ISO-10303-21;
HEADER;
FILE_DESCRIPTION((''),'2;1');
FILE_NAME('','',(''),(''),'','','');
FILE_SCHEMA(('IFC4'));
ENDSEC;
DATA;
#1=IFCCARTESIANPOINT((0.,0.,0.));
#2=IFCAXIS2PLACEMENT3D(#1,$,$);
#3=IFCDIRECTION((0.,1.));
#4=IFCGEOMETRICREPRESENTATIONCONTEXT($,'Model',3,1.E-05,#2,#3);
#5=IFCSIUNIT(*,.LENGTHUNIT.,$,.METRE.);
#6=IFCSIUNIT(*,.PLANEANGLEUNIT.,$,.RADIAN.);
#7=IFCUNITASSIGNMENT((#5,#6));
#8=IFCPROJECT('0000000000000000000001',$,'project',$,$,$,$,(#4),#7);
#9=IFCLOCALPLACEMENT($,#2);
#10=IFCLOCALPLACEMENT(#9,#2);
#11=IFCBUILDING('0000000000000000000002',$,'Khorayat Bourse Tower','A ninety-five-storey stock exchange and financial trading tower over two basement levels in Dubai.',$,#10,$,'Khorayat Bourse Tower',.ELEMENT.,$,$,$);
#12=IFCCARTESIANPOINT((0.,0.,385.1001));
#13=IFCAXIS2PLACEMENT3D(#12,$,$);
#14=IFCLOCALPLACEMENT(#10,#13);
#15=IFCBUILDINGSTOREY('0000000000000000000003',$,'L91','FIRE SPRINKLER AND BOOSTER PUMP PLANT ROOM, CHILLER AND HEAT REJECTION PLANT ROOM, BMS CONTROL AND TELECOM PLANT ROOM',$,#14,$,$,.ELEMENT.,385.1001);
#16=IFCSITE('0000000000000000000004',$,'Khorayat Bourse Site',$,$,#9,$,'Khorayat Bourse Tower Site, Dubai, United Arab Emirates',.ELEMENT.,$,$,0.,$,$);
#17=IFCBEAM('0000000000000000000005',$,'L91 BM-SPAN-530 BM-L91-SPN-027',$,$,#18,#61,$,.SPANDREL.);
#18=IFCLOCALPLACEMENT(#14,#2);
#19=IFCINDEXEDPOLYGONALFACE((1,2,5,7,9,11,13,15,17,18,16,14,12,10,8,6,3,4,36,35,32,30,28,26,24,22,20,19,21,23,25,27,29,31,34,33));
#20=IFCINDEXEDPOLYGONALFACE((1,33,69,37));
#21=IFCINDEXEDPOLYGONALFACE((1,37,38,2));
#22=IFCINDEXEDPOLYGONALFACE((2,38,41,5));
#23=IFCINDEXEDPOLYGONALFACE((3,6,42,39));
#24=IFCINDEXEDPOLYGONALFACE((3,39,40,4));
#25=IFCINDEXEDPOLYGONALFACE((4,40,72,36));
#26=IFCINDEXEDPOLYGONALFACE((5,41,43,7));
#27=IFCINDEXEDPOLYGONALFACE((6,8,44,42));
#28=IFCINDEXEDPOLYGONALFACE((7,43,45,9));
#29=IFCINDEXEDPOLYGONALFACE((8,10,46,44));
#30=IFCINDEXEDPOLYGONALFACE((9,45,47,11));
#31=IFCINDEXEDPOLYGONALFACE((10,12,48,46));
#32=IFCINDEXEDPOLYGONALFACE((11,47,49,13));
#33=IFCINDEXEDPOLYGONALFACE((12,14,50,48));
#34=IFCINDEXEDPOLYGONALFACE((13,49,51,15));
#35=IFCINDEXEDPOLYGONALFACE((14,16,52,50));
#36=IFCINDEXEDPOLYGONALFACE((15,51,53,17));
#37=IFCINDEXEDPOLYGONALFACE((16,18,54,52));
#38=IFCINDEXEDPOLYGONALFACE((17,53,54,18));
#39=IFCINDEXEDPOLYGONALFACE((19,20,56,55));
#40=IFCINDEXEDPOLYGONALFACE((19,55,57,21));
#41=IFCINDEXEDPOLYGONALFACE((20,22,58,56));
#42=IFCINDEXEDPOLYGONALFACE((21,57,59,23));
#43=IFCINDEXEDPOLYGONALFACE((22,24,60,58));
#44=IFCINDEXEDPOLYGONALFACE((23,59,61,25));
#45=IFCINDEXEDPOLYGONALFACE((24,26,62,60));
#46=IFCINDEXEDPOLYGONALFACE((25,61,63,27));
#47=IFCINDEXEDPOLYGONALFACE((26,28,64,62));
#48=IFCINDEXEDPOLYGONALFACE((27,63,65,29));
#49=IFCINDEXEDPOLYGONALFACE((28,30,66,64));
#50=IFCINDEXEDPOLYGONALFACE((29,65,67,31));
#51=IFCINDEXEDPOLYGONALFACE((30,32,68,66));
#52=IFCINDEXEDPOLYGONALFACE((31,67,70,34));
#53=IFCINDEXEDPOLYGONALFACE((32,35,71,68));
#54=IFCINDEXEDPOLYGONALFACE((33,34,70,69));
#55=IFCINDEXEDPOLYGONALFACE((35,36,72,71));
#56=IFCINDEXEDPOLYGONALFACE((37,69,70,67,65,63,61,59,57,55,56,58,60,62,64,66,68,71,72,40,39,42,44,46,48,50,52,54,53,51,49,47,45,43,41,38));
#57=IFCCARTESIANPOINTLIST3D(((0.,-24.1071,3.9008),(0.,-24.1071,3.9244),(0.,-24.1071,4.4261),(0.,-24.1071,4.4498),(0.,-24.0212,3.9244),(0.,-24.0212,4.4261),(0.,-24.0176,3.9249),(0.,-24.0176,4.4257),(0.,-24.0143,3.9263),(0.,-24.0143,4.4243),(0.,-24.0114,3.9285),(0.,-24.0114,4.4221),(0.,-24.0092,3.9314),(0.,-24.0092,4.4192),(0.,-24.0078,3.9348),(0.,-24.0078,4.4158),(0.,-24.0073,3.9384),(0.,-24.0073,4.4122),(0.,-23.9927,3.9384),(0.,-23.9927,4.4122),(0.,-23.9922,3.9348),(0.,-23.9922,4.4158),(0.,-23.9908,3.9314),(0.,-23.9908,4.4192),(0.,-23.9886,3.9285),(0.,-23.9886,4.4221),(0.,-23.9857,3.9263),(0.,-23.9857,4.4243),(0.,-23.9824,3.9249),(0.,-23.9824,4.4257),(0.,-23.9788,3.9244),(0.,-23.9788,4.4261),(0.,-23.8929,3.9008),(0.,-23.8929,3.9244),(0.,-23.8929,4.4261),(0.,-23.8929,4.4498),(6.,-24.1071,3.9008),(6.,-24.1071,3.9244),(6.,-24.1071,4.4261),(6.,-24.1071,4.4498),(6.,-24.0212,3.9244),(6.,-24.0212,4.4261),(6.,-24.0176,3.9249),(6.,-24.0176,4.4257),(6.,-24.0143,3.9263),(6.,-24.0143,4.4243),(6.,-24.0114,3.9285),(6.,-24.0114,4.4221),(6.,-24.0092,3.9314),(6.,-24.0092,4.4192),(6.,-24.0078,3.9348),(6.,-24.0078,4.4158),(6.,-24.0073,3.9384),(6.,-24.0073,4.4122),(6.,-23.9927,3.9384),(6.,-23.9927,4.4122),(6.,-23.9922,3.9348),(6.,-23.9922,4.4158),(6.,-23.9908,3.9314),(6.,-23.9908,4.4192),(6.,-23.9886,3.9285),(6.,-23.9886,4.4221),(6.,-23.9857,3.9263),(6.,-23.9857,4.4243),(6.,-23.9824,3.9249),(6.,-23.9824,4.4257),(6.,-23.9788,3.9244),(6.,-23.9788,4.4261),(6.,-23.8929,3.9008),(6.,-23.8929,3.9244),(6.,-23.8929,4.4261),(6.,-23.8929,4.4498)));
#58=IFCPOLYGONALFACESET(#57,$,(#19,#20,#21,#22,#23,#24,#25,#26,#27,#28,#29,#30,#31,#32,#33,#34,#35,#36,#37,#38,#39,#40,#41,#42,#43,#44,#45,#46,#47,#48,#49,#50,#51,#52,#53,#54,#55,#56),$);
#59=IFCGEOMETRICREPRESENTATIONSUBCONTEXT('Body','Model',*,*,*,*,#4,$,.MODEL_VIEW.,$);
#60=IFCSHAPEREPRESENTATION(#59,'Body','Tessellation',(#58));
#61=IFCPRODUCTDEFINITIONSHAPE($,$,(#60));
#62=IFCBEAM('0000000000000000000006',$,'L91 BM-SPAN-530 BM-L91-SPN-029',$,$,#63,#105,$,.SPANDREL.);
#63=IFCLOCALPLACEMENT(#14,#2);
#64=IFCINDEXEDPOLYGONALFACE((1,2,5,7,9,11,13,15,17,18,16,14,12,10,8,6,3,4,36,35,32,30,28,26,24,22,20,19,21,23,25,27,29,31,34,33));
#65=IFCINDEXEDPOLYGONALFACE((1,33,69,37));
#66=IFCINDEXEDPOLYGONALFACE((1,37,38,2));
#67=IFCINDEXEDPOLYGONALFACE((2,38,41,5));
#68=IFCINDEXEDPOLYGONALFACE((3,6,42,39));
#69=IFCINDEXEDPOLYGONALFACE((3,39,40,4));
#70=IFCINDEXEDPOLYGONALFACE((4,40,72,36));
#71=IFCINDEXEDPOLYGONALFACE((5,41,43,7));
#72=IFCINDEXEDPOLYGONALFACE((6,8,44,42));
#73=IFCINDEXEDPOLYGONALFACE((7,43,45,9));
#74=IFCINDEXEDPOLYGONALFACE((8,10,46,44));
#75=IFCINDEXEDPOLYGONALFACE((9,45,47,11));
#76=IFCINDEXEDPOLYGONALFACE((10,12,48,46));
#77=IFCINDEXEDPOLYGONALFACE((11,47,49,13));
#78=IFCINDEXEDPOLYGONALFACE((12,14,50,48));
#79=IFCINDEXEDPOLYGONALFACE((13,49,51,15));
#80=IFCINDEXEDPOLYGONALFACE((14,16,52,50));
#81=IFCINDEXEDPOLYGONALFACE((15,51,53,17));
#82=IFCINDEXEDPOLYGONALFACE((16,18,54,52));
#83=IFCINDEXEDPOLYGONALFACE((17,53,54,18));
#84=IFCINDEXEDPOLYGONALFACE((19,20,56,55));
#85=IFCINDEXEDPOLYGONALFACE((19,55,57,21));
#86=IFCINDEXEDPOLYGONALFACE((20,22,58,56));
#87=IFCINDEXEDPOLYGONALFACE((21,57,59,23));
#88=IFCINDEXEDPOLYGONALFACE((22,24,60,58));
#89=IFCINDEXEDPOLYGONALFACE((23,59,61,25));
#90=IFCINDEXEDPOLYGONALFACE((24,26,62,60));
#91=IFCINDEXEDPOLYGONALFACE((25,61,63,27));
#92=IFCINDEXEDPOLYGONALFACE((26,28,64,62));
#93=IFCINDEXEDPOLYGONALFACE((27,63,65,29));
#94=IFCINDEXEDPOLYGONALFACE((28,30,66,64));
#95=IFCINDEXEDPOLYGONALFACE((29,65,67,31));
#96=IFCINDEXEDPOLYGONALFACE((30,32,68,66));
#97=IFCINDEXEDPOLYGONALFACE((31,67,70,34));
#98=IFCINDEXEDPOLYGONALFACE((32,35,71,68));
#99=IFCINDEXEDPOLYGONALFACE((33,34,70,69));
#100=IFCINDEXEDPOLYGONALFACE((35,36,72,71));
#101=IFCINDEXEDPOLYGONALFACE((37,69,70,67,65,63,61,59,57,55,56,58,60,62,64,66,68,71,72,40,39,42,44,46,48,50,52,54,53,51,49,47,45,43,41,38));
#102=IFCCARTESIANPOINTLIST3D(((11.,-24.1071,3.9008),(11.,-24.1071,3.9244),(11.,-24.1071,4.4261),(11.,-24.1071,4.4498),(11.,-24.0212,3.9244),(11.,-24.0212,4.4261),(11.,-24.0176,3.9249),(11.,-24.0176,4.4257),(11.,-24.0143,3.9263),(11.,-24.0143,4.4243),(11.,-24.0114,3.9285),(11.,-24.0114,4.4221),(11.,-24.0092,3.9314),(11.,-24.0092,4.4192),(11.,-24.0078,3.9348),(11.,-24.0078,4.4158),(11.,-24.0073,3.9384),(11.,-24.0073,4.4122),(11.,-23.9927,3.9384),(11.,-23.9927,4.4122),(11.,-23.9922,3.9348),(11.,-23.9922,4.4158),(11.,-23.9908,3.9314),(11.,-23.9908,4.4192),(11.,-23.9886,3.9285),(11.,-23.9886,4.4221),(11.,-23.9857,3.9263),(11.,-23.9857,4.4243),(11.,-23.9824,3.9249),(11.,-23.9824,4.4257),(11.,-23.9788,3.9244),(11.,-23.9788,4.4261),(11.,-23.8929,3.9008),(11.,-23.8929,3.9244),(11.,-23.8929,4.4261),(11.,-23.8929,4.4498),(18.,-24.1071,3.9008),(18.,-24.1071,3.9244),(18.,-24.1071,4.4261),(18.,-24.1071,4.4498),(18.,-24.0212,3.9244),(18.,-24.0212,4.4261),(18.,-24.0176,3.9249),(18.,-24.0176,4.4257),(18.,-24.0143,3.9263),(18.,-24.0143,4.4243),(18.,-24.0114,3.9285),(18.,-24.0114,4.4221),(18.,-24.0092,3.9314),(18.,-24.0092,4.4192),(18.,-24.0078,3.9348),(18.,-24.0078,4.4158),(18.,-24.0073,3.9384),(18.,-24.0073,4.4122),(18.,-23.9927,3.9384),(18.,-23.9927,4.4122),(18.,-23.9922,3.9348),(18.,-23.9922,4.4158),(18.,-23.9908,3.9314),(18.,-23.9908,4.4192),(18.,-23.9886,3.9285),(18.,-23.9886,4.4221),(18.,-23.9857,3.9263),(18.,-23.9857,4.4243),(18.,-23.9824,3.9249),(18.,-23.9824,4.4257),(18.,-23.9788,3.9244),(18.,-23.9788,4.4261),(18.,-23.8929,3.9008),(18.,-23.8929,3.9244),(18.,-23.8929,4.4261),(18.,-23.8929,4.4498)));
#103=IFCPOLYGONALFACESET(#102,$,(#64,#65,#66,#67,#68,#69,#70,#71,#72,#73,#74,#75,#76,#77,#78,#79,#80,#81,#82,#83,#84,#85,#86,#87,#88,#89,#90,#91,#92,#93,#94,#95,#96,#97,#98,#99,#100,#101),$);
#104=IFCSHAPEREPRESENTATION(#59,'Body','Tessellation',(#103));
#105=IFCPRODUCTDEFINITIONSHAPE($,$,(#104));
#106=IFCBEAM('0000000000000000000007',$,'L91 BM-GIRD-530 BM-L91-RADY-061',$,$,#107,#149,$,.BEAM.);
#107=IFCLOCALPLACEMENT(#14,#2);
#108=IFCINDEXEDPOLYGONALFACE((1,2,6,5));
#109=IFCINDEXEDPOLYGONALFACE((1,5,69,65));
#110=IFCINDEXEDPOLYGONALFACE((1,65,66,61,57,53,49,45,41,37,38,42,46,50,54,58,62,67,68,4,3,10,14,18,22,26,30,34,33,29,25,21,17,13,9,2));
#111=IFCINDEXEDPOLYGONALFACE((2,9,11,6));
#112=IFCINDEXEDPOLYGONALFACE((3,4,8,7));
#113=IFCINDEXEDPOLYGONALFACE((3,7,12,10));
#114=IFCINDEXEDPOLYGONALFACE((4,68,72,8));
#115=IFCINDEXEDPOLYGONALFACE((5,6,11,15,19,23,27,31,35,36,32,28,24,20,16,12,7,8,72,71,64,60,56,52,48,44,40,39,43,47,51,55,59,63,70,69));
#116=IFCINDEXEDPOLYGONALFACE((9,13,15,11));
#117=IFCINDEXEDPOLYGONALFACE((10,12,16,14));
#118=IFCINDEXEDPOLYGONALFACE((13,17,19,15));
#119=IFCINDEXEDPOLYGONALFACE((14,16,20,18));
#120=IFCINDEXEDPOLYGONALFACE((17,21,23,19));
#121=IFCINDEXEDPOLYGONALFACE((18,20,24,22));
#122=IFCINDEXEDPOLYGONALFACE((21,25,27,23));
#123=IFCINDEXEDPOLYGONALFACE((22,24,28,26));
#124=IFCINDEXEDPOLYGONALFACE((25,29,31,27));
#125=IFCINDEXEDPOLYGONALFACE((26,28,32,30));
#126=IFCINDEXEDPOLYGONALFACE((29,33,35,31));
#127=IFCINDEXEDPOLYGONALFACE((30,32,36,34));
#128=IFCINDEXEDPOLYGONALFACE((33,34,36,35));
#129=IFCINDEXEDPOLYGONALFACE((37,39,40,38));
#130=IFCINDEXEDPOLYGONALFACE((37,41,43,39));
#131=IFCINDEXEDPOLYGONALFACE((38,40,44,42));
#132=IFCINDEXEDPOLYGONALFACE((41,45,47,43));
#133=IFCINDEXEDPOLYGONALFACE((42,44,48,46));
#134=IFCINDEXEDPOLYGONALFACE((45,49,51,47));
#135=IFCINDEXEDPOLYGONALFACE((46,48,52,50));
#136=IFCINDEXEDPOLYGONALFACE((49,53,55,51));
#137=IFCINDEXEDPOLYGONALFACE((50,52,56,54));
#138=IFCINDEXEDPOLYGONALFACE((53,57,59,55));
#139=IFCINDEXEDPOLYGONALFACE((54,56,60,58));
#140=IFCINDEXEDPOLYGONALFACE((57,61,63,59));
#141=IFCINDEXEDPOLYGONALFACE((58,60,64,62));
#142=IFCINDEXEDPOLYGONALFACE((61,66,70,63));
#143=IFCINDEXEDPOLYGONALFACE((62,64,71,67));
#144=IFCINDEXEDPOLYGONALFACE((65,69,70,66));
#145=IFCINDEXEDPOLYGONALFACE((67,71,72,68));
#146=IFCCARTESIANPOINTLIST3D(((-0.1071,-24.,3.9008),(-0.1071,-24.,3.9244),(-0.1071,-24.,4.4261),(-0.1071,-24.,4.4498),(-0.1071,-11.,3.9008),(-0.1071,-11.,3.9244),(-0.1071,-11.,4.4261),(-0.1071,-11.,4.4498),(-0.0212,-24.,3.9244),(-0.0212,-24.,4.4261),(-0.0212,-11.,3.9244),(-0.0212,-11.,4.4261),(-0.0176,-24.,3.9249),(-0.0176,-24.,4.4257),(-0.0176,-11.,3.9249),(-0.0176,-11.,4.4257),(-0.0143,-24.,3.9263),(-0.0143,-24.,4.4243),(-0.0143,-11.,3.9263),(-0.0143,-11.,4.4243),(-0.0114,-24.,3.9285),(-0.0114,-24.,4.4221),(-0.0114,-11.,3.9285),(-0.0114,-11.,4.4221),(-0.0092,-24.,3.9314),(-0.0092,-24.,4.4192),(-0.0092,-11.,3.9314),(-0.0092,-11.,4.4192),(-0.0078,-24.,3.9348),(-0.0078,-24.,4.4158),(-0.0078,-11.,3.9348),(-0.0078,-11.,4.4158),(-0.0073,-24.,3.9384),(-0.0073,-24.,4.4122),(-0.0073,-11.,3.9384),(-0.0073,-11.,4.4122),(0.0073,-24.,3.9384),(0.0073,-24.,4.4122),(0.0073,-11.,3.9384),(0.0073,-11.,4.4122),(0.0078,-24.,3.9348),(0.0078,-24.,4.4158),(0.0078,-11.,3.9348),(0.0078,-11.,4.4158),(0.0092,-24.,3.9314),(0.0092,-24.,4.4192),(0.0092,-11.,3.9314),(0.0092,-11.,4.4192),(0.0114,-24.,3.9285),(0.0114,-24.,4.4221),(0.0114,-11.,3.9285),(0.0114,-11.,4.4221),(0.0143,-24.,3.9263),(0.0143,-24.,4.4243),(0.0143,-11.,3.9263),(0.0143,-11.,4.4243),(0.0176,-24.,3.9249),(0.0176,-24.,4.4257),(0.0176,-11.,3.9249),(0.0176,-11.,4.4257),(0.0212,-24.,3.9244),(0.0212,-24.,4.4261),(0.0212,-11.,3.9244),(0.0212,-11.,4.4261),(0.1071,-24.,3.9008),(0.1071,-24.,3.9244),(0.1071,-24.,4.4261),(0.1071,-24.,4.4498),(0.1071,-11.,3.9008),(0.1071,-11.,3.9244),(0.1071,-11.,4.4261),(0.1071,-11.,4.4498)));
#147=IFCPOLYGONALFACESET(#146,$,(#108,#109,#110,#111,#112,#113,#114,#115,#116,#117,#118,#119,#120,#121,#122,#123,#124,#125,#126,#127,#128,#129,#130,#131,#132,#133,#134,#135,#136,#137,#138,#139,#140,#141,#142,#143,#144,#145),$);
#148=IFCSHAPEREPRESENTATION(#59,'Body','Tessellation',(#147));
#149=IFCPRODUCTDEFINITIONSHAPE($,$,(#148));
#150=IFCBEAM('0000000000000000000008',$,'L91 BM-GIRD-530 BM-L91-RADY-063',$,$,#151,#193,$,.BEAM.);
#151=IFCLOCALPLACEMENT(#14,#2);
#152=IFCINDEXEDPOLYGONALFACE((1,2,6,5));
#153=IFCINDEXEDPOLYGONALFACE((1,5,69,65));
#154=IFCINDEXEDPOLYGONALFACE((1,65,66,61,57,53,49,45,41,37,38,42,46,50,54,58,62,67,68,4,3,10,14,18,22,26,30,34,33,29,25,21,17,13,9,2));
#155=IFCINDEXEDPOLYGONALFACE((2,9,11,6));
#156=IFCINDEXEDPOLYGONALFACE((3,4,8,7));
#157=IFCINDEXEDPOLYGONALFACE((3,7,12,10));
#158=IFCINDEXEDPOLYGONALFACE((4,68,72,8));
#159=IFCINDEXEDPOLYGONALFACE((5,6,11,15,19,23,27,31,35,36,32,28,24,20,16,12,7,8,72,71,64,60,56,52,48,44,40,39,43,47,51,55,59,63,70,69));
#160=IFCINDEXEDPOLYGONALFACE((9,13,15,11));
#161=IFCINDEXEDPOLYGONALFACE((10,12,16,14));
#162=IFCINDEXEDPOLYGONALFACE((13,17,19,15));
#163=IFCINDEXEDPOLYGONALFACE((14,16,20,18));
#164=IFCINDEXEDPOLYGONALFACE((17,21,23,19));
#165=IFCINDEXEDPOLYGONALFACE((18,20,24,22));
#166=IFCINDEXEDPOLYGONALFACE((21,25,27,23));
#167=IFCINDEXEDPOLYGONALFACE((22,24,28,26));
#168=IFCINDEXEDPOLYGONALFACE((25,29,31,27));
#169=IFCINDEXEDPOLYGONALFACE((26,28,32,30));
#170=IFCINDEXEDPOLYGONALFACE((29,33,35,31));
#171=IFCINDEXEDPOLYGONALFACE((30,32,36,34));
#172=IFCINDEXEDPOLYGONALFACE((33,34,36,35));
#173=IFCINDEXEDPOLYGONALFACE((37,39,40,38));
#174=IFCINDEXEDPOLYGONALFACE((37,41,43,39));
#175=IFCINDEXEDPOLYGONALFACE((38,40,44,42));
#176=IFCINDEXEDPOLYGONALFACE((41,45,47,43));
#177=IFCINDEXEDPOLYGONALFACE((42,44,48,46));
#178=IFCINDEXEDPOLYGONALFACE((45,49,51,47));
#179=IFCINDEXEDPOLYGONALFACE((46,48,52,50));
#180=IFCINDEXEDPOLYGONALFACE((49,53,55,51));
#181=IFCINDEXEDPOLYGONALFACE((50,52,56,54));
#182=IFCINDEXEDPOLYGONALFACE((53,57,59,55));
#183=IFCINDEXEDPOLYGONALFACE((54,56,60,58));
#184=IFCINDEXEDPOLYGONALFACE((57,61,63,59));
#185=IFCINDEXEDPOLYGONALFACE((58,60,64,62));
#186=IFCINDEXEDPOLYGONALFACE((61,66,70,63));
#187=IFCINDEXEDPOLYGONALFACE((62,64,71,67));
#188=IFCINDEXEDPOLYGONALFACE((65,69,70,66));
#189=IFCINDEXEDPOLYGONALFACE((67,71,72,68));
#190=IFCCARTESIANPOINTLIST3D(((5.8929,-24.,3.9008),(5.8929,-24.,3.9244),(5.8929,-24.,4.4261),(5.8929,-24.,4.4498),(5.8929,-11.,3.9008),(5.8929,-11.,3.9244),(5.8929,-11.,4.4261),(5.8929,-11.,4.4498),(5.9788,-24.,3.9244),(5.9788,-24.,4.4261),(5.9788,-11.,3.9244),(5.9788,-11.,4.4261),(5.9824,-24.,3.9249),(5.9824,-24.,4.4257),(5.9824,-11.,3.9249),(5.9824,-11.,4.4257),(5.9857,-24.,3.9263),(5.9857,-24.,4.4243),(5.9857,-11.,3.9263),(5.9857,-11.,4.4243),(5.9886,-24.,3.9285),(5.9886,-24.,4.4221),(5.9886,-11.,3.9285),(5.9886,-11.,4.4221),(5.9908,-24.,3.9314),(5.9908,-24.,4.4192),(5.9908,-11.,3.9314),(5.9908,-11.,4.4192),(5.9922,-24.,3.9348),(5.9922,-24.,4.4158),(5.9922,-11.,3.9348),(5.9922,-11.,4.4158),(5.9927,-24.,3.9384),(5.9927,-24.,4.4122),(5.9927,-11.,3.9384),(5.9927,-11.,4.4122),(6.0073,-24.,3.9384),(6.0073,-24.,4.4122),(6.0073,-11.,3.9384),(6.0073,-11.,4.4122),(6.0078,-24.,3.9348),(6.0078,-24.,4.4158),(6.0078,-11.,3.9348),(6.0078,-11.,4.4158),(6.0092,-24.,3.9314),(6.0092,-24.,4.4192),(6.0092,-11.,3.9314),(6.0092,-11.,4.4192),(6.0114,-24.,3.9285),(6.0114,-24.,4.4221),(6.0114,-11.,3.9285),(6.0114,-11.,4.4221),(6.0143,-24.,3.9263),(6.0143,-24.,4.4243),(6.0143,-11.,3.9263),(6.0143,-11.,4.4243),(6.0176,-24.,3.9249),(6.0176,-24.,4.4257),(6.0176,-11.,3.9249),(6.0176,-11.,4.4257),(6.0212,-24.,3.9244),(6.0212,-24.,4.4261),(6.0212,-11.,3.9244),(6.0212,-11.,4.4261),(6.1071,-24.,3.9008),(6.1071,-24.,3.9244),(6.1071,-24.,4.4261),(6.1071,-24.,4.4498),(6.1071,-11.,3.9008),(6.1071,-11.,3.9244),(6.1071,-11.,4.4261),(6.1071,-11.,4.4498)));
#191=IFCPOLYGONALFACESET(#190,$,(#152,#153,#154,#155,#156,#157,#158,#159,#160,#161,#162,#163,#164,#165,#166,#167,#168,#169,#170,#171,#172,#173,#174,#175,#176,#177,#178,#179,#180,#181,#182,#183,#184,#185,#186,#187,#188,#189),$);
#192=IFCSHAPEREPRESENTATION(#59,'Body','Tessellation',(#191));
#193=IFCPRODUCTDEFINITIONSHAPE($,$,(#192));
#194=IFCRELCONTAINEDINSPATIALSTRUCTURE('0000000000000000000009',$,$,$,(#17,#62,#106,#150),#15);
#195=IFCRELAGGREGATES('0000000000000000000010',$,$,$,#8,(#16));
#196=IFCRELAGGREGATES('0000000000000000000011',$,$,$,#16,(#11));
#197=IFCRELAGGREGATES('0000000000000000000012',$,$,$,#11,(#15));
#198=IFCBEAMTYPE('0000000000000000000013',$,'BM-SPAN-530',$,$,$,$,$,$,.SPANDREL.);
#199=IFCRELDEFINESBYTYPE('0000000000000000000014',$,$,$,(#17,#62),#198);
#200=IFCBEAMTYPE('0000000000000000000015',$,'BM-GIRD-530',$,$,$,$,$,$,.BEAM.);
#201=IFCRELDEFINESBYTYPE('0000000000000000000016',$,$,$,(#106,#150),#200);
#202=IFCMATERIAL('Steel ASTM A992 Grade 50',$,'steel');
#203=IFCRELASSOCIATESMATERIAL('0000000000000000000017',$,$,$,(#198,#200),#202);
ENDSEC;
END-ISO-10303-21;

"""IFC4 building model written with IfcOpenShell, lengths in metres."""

from ifc_helpers import new_model, si_unit, direction, frame, origin, origin_2d, place, context, subcontext, project, spatial, i_section, extrude, source, transform, mapped, material, material_profile, profile_set, type_object, element, save


model = new_model("IFC4")

# Units and contexts
model_context = context("Model", 3, precision=1e-05, world=origin(), true_north=direction((0.0, 1.0)))
body_context = subcontext(model_context, "Body", "Model", "MODEL_VIEW")
ifc_project = project(units=[si_unit("LENGTHUNIT", "METRE"), si_unit("PLANEANGLEUNIT", "RADIAN")], contexts=[model_context])

# Site, building, storey
site_placement = place(None, origin())
site = spatial("IfcSite", under=ifc_project, at=site_placement, Name="Khorayat Bourse Site", LongName="Khorayat Bourse Tower Site, Dubai, United Arab Emirates", CompositionType="ELEMENT", RefElevation=0.0)
building_placement = place(site_placement, origin())
building = spatial("IfcBuilding", under=site, at=building_placement, Name="Khorayat Bourse Tower", Description="A ninety-five-storey stock exchange and financial trading tower over two basement levels in Dubai.", LongName="Khorayat Bourse Tower", CompositionType="ELEMENT")
storey_placement = place(building_placement, frame((0.0, 0.0, 385.1001)))
storey = spatial("IfcBuildingStorey", under=building, at=storey_placement, Name="L91", Description="FIRE SPRINKLER AND BOOSTER PUMP PLANT ROOM, CHILLER AND HEAT REJECTION PLANT ROOM, BMS CONTROL AND TELECOM PLANT ROOM", CompositionType="ELEMENT", Elevation=385.1001)

# Beams
ifc_material_1 = material(Name="Steel ASTM A992 Grade 50", Category="steel")
ifc_material_profile_1 = material_profile(ifc_material_1, i_section(OverallWidth=0.2141, OverallDepth=0.5491, WebThickness=0.0146, FlangeThickness=0.0237, FilletRadius=0.0139, at=origin_2d()), Name="W530X138")
ifc_profile_set_1 = profile_set([ifc_material_profile_1], Name="Steel ASTM A992 Grade 50")
beam_type_1 = type_object("IfcBeamType", Name="BM-SPAN-530", PredefinedType="SPANDREL", material=ifc_profile_set_1)
shared_shape_1 = source(origin(), body_context, "Body", "SweptSolid", [
    extrude(i_section(OverallWidth=0.2141, OverallDepth=0.5491, WebThickness=0.0146, FlangeThickness=0.0237, FilletRadius=0.0139, at=origin_2d()), origin(), (0.0, 0.0, 1.0), 6.0),
])
beam_1_placement = place(storey_placement, frame((0.0, -24.0, 4.1753), z_axis=(1.0, 0.0, 0.0), x_axis=(0.0, 1.0, 0.0)))
element("IfcBeam", 1, at=beam_1_placement, inside=storey, type_object=beam_type_1, Name="L91 BM-SPAN-530 BM-L91-SPN-027", PredefinedType="SPANDREL", context=body_context, shape_type="MappedRepresentation", body=[
    mapped(shared_shape_1, transform((0.0, 0.0, 0.0), scale=1.0)),
])
shared_shape_2 = source(origin(), body_context, "Body", "SweptSolid", [
    extrude(i_section(OverallWidth=0.2141, OverallDepth=0.5491, WebThickness=0.0146, FlangeThickness=0.0237, FilletRadius=0.0139, at=origin_2d()), origin(), (0.0, 0.0, 1.0), 7.0),
])
beam_2_placement = place(storey_placement, frame((11.0, -24.0, 4.1753), z_axis=(1.0, 0.0, 0.0), x_axis=(0.0, 1.0, 0.0)))
element("IfcBeam", 2, at=beam_2_placement, inside=storey, type_object=beam_type_1, Name="L91 BM-SPAN-530 BM-L91-SPN-029", PredefinedType="SPANDREL", context=body_context, shape_type="MappedRepresentation", body=[
    mapped(shared_shape_2, transform((0.0, 0.0, 0.0), scale=1.0)),
])
ifc_material_profile_2 = material_profile(ifc_material_1, i_section(OverallWidth=0.2141, OverallDepth=0.5491, WebThickness=0.0146, FlangeThickness=0.0237, FilletRadius=0.0139, at=origin_2d()), Name="W530X138")
ifc_profile_set_2 = profile_set([ifc_material_profile_2], Name="Steel ASTM A992 Grade 50")
beam_type_2 = type_object("IfcBeamType", Name="BM-GIRD-530", PredefinedType="BEAM", material=ifc_profile_set_2)
shared_shape_3 = source(origin(), body_context, "Body", "SweptSolid", [
    extrude(i_section(OverallWidth=0.2141, OverallDepth=0.5491, WebThickness=0.0146, FlangeThickness=0.0237, FilletRadius=0.0139, at=origin_2d()), origin(), (0.0, 0.0, 1.0), 13.0),
])
for number, where, z_axis, x_axis, name in (
    (3, (0.0, -24.0, 4.1753), (0.0, 1.0, 0.0), (-1.0, 0.0, 0.0), "L91 BM-GIRD-530 BM-L91-RADY-061"),
    (4, (6.0, -24.0, 4.1753), (0.0, 1.0, 0.0), (-1.0, 0.0, 0.0), "L91 BM-GIRD-530 BM-L91-RADY-063"),
):
    element("IfcBeam", number, at=place(storey_placement, frame(where, z_axis=z_axis, x_axis=x_axis)), inside=storey, type_object=beam_type_2, Name=name, PredefinedType="BEAM", context=body_context, shape_type="MappedRepresentation", body=[
        mapped(shared_shape_3, transform((0.0, 0.0, 0.0), scale=1.0)),
    ])

save(model, "model.ifc")
